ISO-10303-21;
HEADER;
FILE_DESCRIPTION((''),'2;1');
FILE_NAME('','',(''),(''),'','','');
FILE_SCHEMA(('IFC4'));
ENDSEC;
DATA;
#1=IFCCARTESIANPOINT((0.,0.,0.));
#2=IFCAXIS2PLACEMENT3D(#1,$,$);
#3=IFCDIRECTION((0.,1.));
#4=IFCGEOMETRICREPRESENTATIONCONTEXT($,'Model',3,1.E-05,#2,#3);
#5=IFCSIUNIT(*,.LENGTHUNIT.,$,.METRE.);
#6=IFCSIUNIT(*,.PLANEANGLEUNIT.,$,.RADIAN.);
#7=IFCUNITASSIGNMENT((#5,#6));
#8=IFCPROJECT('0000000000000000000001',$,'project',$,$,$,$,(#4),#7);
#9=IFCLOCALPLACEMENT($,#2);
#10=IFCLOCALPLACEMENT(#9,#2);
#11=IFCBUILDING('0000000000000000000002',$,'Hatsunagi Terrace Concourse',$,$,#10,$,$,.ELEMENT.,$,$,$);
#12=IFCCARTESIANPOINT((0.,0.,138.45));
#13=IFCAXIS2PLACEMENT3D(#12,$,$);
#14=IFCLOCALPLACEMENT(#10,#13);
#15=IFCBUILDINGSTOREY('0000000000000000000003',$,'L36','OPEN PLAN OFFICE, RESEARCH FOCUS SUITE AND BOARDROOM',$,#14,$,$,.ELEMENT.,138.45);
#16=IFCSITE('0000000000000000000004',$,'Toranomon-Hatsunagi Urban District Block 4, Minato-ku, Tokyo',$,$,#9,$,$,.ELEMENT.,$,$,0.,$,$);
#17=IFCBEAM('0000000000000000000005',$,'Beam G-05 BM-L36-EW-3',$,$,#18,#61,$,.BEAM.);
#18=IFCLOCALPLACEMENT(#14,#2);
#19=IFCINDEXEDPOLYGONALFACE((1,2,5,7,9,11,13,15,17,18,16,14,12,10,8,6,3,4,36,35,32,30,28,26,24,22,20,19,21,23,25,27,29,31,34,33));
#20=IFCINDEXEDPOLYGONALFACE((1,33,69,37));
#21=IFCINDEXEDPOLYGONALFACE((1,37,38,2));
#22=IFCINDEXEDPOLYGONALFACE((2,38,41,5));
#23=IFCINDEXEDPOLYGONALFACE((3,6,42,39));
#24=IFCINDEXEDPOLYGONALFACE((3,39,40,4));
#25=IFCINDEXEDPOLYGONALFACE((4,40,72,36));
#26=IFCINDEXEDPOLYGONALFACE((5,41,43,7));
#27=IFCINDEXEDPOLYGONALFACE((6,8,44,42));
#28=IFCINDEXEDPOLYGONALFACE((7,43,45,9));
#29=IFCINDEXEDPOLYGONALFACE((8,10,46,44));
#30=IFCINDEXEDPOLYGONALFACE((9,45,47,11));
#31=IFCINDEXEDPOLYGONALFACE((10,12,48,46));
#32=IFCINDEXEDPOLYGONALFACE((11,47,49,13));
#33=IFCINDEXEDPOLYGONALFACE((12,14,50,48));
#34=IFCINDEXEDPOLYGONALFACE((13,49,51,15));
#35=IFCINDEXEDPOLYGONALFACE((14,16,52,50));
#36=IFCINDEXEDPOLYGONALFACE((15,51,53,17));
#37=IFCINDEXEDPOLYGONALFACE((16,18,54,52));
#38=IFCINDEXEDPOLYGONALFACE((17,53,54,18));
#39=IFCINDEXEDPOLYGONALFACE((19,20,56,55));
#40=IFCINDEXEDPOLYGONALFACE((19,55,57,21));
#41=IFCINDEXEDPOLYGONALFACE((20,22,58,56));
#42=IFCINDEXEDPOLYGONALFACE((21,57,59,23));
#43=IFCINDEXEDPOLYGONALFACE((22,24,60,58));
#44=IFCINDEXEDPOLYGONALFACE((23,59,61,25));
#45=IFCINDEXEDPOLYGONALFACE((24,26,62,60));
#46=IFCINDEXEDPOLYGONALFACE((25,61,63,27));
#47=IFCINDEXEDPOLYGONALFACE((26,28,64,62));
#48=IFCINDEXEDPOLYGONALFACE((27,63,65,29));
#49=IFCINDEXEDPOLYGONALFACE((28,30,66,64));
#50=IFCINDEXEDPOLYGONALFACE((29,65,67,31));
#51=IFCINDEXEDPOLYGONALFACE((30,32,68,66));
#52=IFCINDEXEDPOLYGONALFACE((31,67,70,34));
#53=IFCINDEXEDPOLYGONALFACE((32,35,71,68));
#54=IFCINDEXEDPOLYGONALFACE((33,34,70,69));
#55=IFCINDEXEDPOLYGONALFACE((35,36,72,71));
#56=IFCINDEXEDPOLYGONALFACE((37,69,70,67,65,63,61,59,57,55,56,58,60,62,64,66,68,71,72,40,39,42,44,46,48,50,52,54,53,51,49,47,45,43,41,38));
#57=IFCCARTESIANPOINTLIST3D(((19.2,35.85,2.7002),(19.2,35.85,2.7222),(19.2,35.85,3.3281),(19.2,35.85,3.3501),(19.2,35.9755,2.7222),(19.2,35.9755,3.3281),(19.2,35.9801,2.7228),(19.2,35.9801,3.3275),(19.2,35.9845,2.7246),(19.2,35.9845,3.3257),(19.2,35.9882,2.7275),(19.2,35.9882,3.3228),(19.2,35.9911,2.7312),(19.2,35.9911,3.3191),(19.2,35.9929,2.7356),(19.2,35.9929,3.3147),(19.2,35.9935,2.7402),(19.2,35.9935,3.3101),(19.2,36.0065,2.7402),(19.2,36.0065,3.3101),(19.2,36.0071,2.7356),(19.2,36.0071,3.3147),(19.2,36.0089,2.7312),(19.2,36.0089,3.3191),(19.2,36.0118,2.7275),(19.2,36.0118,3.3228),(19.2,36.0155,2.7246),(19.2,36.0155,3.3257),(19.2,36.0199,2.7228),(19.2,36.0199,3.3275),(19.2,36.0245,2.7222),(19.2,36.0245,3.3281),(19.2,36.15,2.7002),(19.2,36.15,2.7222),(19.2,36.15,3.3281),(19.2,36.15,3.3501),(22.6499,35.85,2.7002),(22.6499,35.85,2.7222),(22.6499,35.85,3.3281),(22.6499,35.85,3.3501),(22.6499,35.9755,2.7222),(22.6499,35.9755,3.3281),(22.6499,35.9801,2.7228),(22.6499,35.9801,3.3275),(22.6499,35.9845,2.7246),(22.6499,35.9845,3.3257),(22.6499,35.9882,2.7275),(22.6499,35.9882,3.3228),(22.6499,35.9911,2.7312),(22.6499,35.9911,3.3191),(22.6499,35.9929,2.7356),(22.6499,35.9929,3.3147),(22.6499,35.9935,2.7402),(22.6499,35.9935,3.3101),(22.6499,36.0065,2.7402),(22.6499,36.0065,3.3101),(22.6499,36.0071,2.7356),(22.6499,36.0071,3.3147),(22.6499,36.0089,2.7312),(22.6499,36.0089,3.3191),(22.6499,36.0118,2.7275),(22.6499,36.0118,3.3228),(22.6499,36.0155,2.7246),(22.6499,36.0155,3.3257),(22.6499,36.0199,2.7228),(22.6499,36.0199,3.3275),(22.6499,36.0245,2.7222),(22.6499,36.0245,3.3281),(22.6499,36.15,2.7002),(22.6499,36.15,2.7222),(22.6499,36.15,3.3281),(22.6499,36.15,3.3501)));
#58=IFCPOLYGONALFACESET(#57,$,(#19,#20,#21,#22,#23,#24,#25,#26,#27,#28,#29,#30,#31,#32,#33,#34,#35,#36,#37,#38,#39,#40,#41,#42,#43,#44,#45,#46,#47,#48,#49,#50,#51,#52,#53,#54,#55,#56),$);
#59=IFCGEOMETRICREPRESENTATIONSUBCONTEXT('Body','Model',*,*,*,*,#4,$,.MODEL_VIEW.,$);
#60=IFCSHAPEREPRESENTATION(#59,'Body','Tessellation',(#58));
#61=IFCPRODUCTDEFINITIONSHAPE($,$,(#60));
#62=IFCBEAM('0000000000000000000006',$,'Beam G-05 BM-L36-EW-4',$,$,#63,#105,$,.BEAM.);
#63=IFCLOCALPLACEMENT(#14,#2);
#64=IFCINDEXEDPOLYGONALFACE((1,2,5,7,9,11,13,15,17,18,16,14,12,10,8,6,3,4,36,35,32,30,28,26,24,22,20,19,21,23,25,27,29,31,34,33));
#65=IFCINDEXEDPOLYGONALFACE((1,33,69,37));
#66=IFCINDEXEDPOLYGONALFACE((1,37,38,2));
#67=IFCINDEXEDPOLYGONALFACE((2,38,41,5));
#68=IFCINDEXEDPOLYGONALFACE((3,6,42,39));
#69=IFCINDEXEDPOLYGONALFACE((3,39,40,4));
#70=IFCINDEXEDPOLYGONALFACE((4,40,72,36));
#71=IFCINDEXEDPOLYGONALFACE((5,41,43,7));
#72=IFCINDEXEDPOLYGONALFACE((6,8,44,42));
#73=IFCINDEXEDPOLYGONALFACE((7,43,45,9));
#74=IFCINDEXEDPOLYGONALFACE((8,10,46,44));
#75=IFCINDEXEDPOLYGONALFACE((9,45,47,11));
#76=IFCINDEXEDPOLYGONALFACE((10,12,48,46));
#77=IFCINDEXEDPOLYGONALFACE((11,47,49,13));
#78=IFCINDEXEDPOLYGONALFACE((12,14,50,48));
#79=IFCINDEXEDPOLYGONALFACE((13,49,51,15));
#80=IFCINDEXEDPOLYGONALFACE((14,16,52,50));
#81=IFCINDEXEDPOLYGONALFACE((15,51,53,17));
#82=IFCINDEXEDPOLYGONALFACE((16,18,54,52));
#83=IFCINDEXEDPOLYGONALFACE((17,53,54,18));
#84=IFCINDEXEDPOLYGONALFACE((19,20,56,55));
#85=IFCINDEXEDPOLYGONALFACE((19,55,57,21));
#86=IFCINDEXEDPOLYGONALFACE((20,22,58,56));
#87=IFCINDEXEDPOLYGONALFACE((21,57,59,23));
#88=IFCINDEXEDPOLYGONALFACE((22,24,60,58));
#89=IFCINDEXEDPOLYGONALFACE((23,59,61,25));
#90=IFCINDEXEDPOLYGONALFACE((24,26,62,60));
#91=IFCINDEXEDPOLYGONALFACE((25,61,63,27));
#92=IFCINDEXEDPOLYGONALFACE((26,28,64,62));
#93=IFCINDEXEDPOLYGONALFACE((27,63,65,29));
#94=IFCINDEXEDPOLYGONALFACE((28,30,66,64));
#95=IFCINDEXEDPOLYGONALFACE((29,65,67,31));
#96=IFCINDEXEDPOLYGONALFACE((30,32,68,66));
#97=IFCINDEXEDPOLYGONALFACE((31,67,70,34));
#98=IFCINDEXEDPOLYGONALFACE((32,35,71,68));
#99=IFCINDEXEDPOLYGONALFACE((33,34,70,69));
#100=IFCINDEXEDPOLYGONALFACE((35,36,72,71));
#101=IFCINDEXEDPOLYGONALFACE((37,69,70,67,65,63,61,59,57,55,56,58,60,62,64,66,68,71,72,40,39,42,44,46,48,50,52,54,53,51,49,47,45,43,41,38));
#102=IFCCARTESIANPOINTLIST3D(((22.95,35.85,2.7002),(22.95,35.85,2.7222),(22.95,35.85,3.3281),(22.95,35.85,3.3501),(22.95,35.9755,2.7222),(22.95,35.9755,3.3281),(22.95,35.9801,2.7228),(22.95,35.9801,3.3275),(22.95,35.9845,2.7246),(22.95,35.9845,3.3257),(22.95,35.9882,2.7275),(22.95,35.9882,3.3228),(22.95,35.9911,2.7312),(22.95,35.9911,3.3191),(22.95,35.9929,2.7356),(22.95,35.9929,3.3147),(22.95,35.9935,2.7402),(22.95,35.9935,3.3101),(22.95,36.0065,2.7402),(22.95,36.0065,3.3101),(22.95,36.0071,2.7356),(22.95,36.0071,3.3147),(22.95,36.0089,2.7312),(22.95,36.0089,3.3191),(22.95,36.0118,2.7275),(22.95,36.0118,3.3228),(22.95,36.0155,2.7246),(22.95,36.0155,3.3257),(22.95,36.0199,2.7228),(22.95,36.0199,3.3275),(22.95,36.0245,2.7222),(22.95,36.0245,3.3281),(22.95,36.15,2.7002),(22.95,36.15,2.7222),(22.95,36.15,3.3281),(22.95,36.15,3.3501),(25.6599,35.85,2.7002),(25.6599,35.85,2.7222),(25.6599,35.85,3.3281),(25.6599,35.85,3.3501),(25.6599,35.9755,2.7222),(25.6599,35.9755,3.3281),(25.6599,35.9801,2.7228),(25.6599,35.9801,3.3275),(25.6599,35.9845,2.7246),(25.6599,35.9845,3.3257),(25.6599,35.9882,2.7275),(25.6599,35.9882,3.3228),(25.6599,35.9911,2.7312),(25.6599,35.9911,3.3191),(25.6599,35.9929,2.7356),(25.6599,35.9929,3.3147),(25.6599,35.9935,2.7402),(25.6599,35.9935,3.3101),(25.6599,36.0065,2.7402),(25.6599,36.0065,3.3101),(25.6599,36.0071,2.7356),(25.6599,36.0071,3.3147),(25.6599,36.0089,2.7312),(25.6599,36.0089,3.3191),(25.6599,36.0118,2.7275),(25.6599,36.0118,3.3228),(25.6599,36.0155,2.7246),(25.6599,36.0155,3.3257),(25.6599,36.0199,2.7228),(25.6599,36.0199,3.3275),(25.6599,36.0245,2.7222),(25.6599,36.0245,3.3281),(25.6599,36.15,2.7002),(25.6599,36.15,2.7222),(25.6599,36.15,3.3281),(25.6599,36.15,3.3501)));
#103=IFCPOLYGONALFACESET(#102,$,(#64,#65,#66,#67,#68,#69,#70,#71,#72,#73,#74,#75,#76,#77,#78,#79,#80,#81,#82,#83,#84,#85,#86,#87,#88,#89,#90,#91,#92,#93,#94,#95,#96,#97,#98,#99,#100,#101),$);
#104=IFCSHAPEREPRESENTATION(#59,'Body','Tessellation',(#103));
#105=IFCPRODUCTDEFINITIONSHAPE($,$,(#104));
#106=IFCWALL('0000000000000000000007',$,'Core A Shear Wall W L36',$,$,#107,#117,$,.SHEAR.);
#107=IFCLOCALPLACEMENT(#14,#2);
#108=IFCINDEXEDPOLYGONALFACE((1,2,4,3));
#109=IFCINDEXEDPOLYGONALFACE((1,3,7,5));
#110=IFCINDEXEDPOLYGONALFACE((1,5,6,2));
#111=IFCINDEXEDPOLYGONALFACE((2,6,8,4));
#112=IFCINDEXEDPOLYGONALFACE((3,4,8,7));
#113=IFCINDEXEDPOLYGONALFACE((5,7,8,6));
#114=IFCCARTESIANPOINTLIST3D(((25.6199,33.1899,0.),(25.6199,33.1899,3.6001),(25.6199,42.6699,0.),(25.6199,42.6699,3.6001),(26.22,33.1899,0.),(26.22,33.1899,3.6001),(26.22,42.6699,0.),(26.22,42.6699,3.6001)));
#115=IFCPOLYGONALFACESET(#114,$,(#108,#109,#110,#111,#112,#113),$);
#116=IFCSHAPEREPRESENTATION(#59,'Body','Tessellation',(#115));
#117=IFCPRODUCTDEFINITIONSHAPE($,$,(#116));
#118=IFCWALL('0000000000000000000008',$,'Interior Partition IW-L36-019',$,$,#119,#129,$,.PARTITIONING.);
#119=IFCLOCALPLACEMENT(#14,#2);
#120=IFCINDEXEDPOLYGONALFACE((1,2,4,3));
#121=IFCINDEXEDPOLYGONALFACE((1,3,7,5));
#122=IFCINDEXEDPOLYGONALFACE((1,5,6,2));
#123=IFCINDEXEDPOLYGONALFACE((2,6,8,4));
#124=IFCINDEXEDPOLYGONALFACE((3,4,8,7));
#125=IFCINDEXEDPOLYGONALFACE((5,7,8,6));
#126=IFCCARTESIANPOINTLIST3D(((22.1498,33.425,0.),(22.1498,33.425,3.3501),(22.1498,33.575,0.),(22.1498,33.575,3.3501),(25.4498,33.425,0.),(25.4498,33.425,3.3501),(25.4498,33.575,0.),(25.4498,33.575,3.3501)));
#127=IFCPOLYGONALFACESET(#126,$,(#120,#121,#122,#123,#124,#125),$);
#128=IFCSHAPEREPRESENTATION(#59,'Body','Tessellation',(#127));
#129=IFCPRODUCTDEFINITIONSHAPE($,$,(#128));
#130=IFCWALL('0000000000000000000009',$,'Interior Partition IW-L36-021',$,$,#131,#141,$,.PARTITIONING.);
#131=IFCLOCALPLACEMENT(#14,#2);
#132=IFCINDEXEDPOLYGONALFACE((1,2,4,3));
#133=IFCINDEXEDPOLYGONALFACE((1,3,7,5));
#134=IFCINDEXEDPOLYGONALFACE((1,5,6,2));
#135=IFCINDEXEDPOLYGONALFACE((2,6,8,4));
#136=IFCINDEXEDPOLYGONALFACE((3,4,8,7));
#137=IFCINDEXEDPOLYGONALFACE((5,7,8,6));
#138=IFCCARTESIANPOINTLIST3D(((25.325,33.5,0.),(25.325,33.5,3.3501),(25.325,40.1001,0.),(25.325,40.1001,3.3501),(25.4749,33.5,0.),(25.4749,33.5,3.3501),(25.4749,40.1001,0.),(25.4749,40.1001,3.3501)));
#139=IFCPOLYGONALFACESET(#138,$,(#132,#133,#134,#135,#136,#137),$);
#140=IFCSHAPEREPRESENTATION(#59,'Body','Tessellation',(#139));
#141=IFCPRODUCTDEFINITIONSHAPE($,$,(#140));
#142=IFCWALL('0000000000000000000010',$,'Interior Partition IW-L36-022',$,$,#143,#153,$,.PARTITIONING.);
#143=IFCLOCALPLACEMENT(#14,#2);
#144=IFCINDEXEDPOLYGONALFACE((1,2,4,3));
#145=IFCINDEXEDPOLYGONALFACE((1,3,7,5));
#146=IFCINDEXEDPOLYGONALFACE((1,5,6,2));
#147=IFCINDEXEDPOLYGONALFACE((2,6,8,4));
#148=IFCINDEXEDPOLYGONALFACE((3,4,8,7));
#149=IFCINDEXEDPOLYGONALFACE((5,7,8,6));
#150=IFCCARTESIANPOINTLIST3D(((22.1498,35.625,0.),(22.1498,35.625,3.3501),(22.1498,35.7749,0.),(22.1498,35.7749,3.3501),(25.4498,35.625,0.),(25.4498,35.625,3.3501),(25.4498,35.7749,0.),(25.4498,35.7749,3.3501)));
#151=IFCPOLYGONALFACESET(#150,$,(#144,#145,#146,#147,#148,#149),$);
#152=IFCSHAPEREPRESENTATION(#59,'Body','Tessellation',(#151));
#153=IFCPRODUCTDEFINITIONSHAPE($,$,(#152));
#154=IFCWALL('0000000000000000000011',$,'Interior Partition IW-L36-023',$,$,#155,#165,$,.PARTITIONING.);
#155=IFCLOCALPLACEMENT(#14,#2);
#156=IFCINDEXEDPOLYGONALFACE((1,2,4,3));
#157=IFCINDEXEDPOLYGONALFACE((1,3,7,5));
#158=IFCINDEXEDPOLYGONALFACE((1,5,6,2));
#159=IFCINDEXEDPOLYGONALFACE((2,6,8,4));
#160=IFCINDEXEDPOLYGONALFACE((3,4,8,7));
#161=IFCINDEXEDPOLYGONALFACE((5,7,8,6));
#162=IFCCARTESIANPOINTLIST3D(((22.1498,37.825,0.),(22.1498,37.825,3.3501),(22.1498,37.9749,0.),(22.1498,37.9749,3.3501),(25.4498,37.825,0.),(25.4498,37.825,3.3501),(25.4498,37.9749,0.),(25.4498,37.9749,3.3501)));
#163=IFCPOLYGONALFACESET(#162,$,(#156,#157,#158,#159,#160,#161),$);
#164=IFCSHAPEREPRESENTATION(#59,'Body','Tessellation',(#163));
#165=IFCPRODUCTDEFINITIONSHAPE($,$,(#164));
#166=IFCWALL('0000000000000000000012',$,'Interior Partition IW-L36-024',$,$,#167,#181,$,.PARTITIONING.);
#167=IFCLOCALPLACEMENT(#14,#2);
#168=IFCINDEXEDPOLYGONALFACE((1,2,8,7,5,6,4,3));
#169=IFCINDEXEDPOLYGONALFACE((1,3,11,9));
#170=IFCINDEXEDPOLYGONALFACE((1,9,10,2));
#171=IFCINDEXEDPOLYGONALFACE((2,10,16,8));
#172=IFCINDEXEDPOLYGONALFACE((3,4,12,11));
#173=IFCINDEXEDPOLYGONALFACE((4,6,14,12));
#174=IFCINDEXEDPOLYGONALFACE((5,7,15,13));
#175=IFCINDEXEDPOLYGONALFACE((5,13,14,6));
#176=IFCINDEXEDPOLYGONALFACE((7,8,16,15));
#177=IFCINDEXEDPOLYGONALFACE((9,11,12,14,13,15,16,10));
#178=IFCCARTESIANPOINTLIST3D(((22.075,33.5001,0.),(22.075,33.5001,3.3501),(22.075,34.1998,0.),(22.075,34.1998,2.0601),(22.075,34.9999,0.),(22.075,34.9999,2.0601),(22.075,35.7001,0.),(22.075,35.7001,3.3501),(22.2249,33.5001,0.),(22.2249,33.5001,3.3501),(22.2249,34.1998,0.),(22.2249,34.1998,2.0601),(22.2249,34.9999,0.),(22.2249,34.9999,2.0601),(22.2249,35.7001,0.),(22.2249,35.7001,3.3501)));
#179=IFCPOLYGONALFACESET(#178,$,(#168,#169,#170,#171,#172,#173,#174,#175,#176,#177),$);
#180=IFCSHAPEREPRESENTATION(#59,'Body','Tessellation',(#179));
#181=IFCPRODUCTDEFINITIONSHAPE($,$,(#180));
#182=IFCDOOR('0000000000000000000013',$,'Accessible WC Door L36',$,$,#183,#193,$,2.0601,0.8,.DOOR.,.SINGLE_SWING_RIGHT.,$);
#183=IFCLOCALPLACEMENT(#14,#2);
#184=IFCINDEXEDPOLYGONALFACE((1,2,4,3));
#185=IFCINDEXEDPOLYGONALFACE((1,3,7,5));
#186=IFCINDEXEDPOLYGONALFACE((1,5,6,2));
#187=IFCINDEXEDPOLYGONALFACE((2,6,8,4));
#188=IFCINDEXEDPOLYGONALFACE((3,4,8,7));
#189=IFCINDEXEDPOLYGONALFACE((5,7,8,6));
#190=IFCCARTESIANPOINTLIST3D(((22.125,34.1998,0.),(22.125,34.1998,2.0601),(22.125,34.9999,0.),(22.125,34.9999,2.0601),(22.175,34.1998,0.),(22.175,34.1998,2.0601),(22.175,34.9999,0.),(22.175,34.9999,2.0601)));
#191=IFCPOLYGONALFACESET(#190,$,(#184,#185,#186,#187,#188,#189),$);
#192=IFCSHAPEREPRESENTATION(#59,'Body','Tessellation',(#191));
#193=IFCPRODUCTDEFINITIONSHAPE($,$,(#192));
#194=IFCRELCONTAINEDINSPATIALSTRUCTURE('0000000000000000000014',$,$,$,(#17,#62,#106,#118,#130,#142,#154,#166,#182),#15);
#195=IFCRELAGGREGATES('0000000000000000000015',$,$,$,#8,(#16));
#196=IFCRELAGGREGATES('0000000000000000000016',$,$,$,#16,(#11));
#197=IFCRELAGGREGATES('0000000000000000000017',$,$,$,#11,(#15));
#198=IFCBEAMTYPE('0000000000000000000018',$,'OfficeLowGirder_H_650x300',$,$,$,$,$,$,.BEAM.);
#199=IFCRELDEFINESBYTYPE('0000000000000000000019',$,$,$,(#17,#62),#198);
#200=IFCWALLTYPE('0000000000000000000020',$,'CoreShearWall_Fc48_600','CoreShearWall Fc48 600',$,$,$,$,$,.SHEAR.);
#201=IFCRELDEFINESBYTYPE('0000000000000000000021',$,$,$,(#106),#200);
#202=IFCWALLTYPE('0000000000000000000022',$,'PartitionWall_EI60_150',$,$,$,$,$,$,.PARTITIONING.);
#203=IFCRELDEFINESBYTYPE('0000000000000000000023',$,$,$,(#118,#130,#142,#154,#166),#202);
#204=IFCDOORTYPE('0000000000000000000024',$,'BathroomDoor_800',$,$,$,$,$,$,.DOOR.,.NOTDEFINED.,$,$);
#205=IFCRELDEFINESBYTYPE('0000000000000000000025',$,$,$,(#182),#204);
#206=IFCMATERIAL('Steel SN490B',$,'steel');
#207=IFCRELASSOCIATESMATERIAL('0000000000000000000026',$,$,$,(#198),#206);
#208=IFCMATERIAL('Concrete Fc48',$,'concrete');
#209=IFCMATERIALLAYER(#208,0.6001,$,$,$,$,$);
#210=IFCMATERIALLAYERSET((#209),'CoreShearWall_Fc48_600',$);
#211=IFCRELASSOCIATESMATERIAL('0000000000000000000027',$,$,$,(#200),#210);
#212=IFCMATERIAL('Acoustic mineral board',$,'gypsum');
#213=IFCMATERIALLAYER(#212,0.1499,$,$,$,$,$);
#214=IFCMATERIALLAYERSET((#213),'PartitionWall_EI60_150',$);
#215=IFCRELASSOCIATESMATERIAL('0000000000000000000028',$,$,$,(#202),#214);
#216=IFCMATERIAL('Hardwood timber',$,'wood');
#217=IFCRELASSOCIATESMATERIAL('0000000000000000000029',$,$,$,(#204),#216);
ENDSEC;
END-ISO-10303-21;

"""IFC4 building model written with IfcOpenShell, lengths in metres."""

from ifc_helpers import new_model, si_unit, direction, frame, frame_2d, origin, origin_2d, place, context, subcontext, project, spatial, rectangle, i_section, extrude, material, layer, layer_set, material_profile, profile_set, type_object, element, fill, save


model = new_model("IFC4")

# Units and contexts
model_context = context("Model", 3, precision=1e-05, world=origin(), true_north=direction((0.0, 1.0)))
body_context = subcontext(model_context, "Body", "Model", "MODEL_VIEW")
ifc_project = project(units=[si_unit("LENGTHUNIT", "METRE"), si_unit("PLANEANGLEUNIT", "RADIAN")], contexts=[model_context])

# Site, building, storey
site_placement = place(None, origin())
site = spatial("IfcSite", under=ifc_project, at=site_placement, Name="Toranomon-Hatsunagi Urban District Block 4, Minato-ku, Tokyo", CompositionType="ELEMENT", RefElevation=0.0)
building_placement = place(site_placement, origin())
building = spatial("IfcBuilding", under=site, at=building_placement, Name="Hatsunagi Terrace Concourse", CompositionType="ELEMENT")
storey_placement = place(building_placement, frame((0.0, 0.0, 138.45)))
storey = spatial("IfcBuildingStorey", under=building, at=storey_placement, Name="L36", Description="OPEN PLAN OFFICE, RESEARCH FOCUS SUITE AND BOARDROOM", CompositionType="ELEMENT", Elevation=138.45)

# Beams
ifc_material_1 = material(Name="Steel SN490B", Category="steel")
ifc_material_profile_1 = material_profile(ifc_material_1, i_section(OverallWidth=0.3, OverallDepth=0.6499, WebThickness=0.0129, FlangeThickness=0.022, FilletRadius=0.0181, at=origin_2d()), Name="H-650x300x13x22")
ifc_profile_set_1 = profile_set([ifc_material_profile_1], Name="Steel SN490B")
beam_type_1 = type_object("IfcBeamType", Name="OfficeLowGirder_H_650x300", PredefinedType="BEAM", material=ifc_profile_set_1)
beam_1_placement = place(storey_placement, frame((19.2, 36.0, 3.0251), z_axis=(1.0, 0.0, 0.0), x_axis=(0.0, 1.0, 0.0)))
element("IfcBeam", 1, at=beam_1_placement, inside=storey, type_object=beam_type_1, Name="Beam G-05 BM-L36-EW-3", PredefinedType="BEAM", context=body_context, shape_type="SweptSolid", body=[
    extrude(i_section(OverallWidth=0.3, OverallDepth=0.6499, WebThickness=0.0129, FlangeThickness=0.022, FilletRadius=0.0181, at=origin_2d()), origin(), (0.0, 0.0, 1.0), 3.45),
])
beam_2_placement = place(storey_placement, frame((22.95, 36.0, 3.0251), z_axis=(1.0, 0.0, 0.0), x_axis=(0.0, 1.0, 0.0)))
element("IfcBeam", 2, at=beam_2_placement, inside=storey, type_object=beam_type_1, Name="Beam G-05 BM-L36-EW-4", PredefinedType="BEAM", context=body_context, shape_type="SweptSolid", body=[
    extrude(i_section(OverallWidth=0.3, OverallDepth=0.6499, WebThickness=0.0129, FlangeThickness=0.022, FilletRadius=0.0181, at=origin_2d()), origin(), (0.0, 0.0, 1.0), 2.71),
])

# Shared definitions
ifc_material_2 = material(Name="Concrete Fc48", Category="concrete")
ifc_layer_1 = layer(ifc_material_2, 0.6001)
ifc_layer_set_1 = layer_set([ifc_layer_1], Name="CoreShearWall_Fc48_600")
wall_type_1 = type_object("IfcWallType", Name="CoreShearWall_Fc48_600", Description="CoreShearWall Fc48 600", PredefinedType="SHEAR", material=ifc_layer_set_1)

# Walls
wall_1_placement = place(storey_placement, frame((25.9199, 33.1899, 0.0), z_axis=(0.0, 0.0, 1.0), x_axis=(0.0, 1.0, 0.0)))
element("IfcWall", 3, at=wall_1_placement, inside=storey, type_object=wall_type_1, Name="Core A Shear Wall W L36", PredefinedType="SHEAR", context=body_context, shape_type="SweptSolid", body=[
    extrude(rectangle(XDim=9.48, YDim=0.6001, at=frame_2d((4.74, 0.0))), origin(), (0.0, 0.0, 1.0), 3.6001),
])
ifc_material_3 = material(Name="Acoustic mineral board", Category="gypsum")
ifc_layer_2 = layer(ifc_material_3, 0.1499)
ifc_layer_set_2 = layer_set([ifc_layer_2], Name="PartitionWall_EI60_150")
wall_type_2 = type_object("IfcWallType", Name="PartitionWall_EI60_150", PredefinedType="PARTITIONING", material=ifc_layer_set_2)
wall_2_placement = place(storey_placement, frame((22.1499, 33.5, 0.0), z_axis=(0.0, 0.0, 1.0), x_axis=(1.0, 0.0, 0.0)))
element("IfcWall", 4, at=wall_2_placement, inside=storey, type_object=wall_type_2, Name="Interior Partition IW-L36-019", PredefinedType="PARTITIONING", context=body_context, shape_type="SweptSolid", body=[
    extrude(rectangle(XDim=3.3, YDim=0.1499, at=frame_2d((1.6499, 0.0))), origin(), (0.0, 0.0, 1.0), 3.3501),
])
wall_3_placement = place(storey_placement, frame((25.3999, 33.5, 0.0), z_axis=(0.0, 0.0, 1.0), x_axis=(0.0, 1.0, 0.0)))
element("IfcWall", 5, at=wall_3_placement, inside=storey, type_object=wall_type_2, Name="Interior Partition IW-L36-021", PredefinedType="PARTITIONING", context=body_context, shape_type="SweptSolid", body=[
    extrude(rectangle(XDim=6.6001, YDim=0.1499, at=frame_2d((3.3, 0.0))), origin(), (0.0, 0.0, 1.0), 3.3501),
])
for number, where, z_axis, x_axis, name in (
    (6, (22.1499, 35.7, 0.0), (0.0, 0.0, 1.0), (1.0, 0.0, 0.0), "Interior Partition IW-L36-022"),
    (7, (22.1499, 37.8999, 0.0), (0.0, 0.0, 1.0), (1.0, 0.0, 0.0), "Interior Partition IW-L36-023"),
):
    element("IfcWall", number, at=place(storey_placement, frame(where, z_axis=z_axis, x_axis=x_axis)), inside=storey, type_object=wall_type_2, Name=name, PredefinedType="PARTITIONING", context=body_context, shape_type="SweptSolid", body=[
        extrude(rectangle(XDim=3.3, YDim=0.1499, at=frame_2d((1.6499, 0.0))), origin(), (0.0, 0.0, 1.0), 3.3501),
    ])

# Wall, opening, door
wall_4_placement = place(storey_placement, frame((22.1499, 33.5, 0.0), z_axis=(0.0, 0.0, 1.0), x_axis=(0.0, 1.0, 0.0)))
wall_4 = element("IfcWall", 8, at=wall_4_placement, inside=storey, type_object=wall_type_2, Name="Interior Partition IW-L36-024", PredefinedType="PARTITIONING", context=body_context, shape_type="SweptSolid", body=[
    extrude(rectangle(XDim=2.2, YDim=0.1499, at=frame_2d((1.1001, 0.0))), origin(), (0.0, 0.0, 1.0), 3.3501),
])
opening_1_placement = place(wall_4_placement, frame((0.7, 0.0, 0.0)))
opening_1 = element("IfcOpeningElement", 9, at=opening_1_placement, cuts=wall_4, PredefinedType="OPENING", context=body_context, shape_type="SweptSolid", body=[
    extrude(rectangle(XDim=0.8, YDim=2.0601, at=frame_2d((0.3999, 1.03))), frame((0.0, 0.085, 0.0), z_axis=(0.0, -1.0, 0.0), x_axis=(1.0, 0.0, 0.0)), (0.0, 0.0, 1.0), 0.1699),
])
ifc_material_4 = material(Name="Hardwood timber", Category="wood")
door_type_1 = type_object("IfcDoorType", Name="BathroomDoor_800", OperationType="NOTDEFINED", PredefinedType="DOOR", material=ifc_material_4)
door_1_placement = place(opening_1_placement, origin())
door_1 = element("IfcDoor", 10, at=door_1_placement, inside=storey, type_object=door_type_1, Name="Accessible WC Door L36", OperationType="SINGLE_SWING_RIGHT", OverallHeight=2.0601, OverallWidth=0.8, PredefinedType="DOOR", context=body_context, shape_type="SweptSolid", body=[
    extrude(rectangle(XDim=0.8, YDim=2.0601, at=frame_2d((0.3999, 1.03))), frame((0.0, 0.0249, 0.0), z_axis=(0.0, -1.0, 0.0), x_axis=(1.0, 0.0, 0.0)), (0.0, 0.0, 1.0), 0.05),
])
fill(opening_1, door_1)

save(model, "model.ifc")
